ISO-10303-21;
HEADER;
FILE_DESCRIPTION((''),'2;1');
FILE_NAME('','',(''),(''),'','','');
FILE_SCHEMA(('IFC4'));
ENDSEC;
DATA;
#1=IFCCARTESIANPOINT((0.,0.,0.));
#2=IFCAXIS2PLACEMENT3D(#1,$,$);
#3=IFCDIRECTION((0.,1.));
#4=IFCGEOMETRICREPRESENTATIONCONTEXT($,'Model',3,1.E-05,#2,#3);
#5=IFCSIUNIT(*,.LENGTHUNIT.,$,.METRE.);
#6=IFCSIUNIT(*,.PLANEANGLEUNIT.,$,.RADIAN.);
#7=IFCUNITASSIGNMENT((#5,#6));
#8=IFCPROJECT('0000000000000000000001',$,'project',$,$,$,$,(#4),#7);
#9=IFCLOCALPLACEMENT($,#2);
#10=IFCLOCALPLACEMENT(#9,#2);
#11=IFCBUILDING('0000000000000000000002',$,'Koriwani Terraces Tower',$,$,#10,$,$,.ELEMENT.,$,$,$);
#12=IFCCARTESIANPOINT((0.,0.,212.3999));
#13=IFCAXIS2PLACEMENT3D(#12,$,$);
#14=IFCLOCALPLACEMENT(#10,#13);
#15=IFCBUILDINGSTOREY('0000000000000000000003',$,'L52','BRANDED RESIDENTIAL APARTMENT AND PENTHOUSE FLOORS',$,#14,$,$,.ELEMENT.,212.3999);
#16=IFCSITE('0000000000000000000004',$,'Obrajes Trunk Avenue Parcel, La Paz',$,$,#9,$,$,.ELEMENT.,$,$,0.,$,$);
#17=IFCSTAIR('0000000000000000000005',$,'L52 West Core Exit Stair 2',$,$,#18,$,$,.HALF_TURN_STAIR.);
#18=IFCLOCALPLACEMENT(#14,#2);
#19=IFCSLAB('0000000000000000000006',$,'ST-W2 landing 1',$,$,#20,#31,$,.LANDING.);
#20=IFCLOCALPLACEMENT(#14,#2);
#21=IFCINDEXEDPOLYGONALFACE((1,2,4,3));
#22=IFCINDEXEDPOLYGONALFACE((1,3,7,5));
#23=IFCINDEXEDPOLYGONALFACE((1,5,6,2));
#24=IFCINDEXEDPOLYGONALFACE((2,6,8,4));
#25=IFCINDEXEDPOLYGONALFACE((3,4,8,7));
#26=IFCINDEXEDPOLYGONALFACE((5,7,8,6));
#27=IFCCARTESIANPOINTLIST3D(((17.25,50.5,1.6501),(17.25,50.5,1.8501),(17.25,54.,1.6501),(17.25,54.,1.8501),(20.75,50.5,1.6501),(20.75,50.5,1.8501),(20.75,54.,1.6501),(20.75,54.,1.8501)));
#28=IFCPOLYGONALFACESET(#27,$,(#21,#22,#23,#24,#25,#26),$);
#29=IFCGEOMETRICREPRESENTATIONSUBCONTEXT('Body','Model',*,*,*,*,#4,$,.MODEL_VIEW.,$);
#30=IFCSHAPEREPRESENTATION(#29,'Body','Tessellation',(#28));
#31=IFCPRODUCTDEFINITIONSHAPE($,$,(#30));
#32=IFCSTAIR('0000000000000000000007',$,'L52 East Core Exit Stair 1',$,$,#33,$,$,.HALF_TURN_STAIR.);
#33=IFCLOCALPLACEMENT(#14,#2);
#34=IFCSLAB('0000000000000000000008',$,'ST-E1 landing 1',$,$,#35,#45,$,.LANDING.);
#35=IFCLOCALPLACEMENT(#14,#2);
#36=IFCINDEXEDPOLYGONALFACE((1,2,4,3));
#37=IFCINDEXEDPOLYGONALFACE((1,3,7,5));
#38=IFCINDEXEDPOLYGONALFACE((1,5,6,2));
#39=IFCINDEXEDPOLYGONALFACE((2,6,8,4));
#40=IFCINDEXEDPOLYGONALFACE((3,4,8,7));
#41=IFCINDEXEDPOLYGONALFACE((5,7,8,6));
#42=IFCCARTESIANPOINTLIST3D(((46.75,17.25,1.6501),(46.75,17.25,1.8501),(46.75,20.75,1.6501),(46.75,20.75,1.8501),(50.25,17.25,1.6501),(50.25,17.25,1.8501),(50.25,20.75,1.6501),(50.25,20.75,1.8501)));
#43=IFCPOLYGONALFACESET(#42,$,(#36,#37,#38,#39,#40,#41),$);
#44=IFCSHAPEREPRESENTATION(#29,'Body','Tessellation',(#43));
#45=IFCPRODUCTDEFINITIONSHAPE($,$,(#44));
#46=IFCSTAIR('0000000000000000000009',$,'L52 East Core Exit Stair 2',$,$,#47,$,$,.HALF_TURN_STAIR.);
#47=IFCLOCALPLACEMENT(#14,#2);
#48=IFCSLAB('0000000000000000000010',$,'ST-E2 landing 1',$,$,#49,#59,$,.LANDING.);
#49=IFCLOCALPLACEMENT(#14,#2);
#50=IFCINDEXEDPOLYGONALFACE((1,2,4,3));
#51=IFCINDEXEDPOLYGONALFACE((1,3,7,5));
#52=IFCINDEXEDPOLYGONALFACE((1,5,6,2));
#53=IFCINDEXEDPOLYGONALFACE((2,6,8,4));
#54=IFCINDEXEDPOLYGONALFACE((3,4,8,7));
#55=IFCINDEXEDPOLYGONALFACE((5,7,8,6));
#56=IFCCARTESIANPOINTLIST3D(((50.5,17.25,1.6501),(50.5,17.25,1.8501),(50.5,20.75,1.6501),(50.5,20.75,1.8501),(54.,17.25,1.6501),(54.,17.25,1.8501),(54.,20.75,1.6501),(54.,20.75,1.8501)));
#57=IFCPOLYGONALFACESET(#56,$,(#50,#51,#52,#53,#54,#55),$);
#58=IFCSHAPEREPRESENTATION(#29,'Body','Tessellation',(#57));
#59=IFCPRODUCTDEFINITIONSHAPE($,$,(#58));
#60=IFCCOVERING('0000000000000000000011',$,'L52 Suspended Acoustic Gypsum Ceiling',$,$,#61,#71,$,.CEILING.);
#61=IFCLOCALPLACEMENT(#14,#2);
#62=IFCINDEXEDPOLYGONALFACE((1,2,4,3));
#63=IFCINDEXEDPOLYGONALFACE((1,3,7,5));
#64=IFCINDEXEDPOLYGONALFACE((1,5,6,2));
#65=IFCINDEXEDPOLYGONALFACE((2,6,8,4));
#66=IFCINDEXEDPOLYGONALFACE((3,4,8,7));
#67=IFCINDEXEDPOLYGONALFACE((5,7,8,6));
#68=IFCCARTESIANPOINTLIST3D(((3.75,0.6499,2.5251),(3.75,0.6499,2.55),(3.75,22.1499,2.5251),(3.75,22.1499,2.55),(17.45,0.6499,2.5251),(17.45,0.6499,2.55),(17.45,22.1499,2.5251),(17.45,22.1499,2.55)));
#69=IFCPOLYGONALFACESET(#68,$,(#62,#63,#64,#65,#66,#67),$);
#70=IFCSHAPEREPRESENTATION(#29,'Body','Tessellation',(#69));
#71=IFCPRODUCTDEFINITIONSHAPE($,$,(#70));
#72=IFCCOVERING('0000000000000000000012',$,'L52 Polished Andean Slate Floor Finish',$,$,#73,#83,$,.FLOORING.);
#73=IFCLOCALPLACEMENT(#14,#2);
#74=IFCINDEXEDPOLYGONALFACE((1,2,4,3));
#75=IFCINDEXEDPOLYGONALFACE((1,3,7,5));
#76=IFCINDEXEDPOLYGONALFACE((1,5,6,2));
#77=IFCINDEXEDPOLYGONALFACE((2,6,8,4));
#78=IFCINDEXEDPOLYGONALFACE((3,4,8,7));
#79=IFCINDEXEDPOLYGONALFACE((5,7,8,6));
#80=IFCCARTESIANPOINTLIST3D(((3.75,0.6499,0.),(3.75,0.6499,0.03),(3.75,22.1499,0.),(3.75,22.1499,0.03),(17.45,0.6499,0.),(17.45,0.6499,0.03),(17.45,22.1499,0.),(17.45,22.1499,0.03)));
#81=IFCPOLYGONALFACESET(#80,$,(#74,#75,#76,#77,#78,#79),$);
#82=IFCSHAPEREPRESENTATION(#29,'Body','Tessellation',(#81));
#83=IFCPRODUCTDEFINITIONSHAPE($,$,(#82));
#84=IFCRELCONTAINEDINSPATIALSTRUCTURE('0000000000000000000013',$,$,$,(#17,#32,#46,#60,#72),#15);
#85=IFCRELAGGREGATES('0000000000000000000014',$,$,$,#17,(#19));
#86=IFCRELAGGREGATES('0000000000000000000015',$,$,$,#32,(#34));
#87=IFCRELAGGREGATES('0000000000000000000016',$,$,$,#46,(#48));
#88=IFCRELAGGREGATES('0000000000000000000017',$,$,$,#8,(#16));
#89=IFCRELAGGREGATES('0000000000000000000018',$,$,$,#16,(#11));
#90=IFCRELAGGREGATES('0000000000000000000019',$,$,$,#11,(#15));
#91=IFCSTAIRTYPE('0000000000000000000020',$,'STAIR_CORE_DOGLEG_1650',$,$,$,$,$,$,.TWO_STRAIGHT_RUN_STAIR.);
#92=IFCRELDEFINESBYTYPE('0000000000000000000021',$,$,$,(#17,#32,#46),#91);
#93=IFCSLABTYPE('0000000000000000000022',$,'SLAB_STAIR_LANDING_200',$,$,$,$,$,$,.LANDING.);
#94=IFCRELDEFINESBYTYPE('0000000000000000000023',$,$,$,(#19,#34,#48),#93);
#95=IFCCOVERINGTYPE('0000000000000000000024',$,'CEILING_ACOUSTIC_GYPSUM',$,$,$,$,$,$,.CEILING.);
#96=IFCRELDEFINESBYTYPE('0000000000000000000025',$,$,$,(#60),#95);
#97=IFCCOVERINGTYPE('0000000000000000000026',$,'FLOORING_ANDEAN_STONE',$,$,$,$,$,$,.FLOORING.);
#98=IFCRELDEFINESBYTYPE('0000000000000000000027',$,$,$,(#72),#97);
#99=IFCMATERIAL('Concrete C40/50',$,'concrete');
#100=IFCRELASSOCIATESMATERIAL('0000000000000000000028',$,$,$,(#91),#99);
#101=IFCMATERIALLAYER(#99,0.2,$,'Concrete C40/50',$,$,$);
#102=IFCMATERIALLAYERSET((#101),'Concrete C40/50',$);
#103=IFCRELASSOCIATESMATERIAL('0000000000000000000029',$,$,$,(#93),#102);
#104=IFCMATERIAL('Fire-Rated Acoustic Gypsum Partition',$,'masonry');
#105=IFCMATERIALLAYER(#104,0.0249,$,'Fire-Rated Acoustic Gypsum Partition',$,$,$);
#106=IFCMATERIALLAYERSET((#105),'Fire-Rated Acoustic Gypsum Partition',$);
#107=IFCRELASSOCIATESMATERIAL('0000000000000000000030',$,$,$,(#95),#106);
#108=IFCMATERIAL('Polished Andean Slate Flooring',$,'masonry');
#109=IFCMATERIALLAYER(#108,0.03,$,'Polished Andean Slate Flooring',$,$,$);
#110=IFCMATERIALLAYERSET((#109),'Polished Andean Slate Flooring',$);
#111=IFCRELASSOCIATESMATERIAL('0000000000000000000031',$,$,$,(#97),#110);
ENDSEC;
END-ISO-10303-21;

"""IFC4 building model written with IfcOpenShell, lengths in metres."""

from ifc_helpers import new_model, si_unit, direction, frame, origin, place, context, subcontext, project, spatial, polyline, outline, extrude, material, layer, layer_set, type_object, element, aggregate, save


model = new_model("IFC4")

# Units and contexts
model_context = context("Model", 3, precision=1e-05, world=origin(), true_north=direction((0.0, 1.0)))
body_context = subcontext(model_context, "Body", "Model", "MODEL_VIEW")
ifc_project = project(units=[si_unit("LENGTHUNIT", "METRE"), si_unit("PLANEANGLEUNIT", "RADIAN")], contexts=[model_context])

# Site, building, storey
site_placement = place(None, origin())
site = spatial("IfcSite", under=ifc_project, at=site_placement, Name="Obrajes Trunk Avenue Parcel, La Paz", CompositionType="ELEMENT", RefElevation=0.0)
building_placement = place(site_placement, origin())
building = spatial("IfcBuilding", under=site, at=building_placement, Name="Koriwani Terraces Tower", CompositionType="ELEMENT")
storey_placement = place(building_placement, frame((0.0, 0.0, 212.3999)))
storey = spatial("IfcBuildingStorey", under=building, at=storey_placement, Name="L52", Description="BRANDED RESIDENTIAL APARTMENT AND PENTHOUSE FLOORS", CompositionType="ELEMENT", Elevation=212.3999)

# Shared definitions
ifc_material_1 = material(Name="Concrete C40/50", Category="concrete")

# Stairs, slabs
stair_type = type_object("IfcStairType", Name="STAIR_CORE_DOGLEG_1650", PredefinedType="TWO_STRAIGHT_RUN_STAIR", material=ifc_material_1)
ifc_layer_1 = layer(ifc_material_1, 0.2, Name="Concrete C40/50")
ifc_layer_set_1 = layer_set([ifc_layer_1], Name="Concrete C40/50")
slab_type_1 = type_object("IfcSlabType", Name="SLAB_STAIR_LANDING_200", PredefinedType="LANDING", material=ifc_layer_set_1)
stair_1_placement = place(storey_placement, origin())
stair_1 = element("IfcStair", 1, at=stair_1_placement, inside=storey, type_object=stair_type, Name="L52 West Core Exit Stair 2", PredefinedType="HALF_TURN_STAIR")
slab_1_placement = place(storey_placement, frame((0.0, 0.0, 1.6501)))
slab_1 = element("IfcSlab", 2, at=slab_1_placement, type_object=slab_type_1, Name="ST-W2 landing 1", PredefinedType="LANDING", context=body_context, shape_type="SweptSolid", body=[
    extrude(outline(polyline([(17.25, 54.0), (17.25, 50.5), (20.75, 50.5), (20.75, 54.0), (17.25, 54.0)])), origin(), (0.0, 0.0, 1.0), 0.2),
])
aggregate(stair_1, [slab_1])
stair_2_placement = place(storey_placement, origin())
stair_2 = element("IfcStair", 3, at=stair_2_placement, inside=storey, type_object=stair_type, Name="L52 East Core Exit Stair 1", PredefinedType="HALF_TURN_STAIR")
slab_2_placement = place(storey_placement, frame((0.0, 0.0, 1.6501)))
slab_2 = element("IfcSlab", 4, at=slab_2_placement, type_object=slab_type_1, Name="ST-E1 landing 1", PredefinedType="LANDING", context=body_context, shape_type="SweptSolid", body=[
    extrude(outline(polyline([(46.75, 17.25), (50.25, 17.25), (50.25, 20.75), (46.75, 20.75), (46.75, 17.25)])), origin(), (0.0, 0.0, 1.0), 0.2),
])
aggregate(stair_2, [slab_2])
stair_3_placement = place(storey_placement, origin())
stair_3 = element("IfcStair", 5, at=stair_3_placement, inside=storey, type_object=stair_type, Name="L52 East Core Exit Stair 2", PredefinedType="HALF_TURN_STAIR")
slab_3_placement = place(storey_placement, frame((0.0, 0.0, 1.6501)))
slab_3 = element("IfcSlab", 6, at=slab_3_placement, type_object=slab_type_1, Name="ST-E2 landing 1", PredefinedType="LANDING", context=body_context, shape_type="SweptSolid", body=[
    extrude(outline(polyline([(54.0, 20.75), (50.5, 20.75), (50.5, 17.25), (54.0, 17.25), (54.0, 20.75)])), origin(), (0.0, 0.0, 1.0), 0.2),
])
aggregate(stair_3, [slab_3])

# Coverings
ifc_material_2 = material(Name="Fire-Rated Acoustic Gypsum Partition", Category="masonry")
ifc_layer_2 = layer(ifc_material_2, 0.0249, Name="Fire-Rated Acoustic Gypsum Partition")
ifc_layer_set_2 = layer_set([ifc_layer_2], Name="Fire-Rated Acoustic Gypsum Partition")
covering_type_1 = type_object("IfcCoveringType", Name="CEILING_ACOUSTIC_GYPSUM", PredefinedType="CEILING", material=ifc_layer_set_2)
covering_1_placement = place(storey_placement, frame((0.0, 0.0, 2.5251)))
element("IfcCovering", 7, at=covering_1_placement, inside=storey, type_object=covering_type_1, Name="L52 Suspended Acoustic Gypsum Ceiling", PredefinedType="CEILING", context=body_context, shape_type="SweptSolid", body=[
    extrude(outline(polyline([(3.75, 0.6499), (3.75, 22.1499), (17.45, 22.1499), (17.45, 0.6499), (3.75, 0.6499)])), origin(), (0.0, 0.0, 1.0), 0.0249),
])
ifc_material_3 = material(Name="Polished Andean Slate Flooring", Category="masonry")
ifc_layer_3 = layer(ifc_material_3, 0.03, Name="Polished Andean Slate Flooring")
ifc_layer_set_3 = layer_set([ifc_layer_3], Name="Polished Andean Slate Flooring")
covering_type_2 = type_object("IfcCoveringType", Name="FLOORING_ANDEAN_STONE", PredefinedType="FLOORING", material=ifc_layer_set_3)
covering_2_placement = place(storey_placement, origin())
element("IfcCovering", 8, at=covering_2_placement, inside=storey, type_object=covering_type_2, Name="L52 Polished Andean Slate Floor Finish", PredefinedType="FLOORING", context=body_context, shape_type="SweptSolid", body=[
    extrude(outline(polyline([(3.75, 0.6499), (3.75, 22.1499), (17.45, 22.1499), (17.45, 0.6499), (3.75, 0.6499)])), origin(), (0.0, 0.0, 1.0), 0.03),
])

save(model, "model.ifc")
